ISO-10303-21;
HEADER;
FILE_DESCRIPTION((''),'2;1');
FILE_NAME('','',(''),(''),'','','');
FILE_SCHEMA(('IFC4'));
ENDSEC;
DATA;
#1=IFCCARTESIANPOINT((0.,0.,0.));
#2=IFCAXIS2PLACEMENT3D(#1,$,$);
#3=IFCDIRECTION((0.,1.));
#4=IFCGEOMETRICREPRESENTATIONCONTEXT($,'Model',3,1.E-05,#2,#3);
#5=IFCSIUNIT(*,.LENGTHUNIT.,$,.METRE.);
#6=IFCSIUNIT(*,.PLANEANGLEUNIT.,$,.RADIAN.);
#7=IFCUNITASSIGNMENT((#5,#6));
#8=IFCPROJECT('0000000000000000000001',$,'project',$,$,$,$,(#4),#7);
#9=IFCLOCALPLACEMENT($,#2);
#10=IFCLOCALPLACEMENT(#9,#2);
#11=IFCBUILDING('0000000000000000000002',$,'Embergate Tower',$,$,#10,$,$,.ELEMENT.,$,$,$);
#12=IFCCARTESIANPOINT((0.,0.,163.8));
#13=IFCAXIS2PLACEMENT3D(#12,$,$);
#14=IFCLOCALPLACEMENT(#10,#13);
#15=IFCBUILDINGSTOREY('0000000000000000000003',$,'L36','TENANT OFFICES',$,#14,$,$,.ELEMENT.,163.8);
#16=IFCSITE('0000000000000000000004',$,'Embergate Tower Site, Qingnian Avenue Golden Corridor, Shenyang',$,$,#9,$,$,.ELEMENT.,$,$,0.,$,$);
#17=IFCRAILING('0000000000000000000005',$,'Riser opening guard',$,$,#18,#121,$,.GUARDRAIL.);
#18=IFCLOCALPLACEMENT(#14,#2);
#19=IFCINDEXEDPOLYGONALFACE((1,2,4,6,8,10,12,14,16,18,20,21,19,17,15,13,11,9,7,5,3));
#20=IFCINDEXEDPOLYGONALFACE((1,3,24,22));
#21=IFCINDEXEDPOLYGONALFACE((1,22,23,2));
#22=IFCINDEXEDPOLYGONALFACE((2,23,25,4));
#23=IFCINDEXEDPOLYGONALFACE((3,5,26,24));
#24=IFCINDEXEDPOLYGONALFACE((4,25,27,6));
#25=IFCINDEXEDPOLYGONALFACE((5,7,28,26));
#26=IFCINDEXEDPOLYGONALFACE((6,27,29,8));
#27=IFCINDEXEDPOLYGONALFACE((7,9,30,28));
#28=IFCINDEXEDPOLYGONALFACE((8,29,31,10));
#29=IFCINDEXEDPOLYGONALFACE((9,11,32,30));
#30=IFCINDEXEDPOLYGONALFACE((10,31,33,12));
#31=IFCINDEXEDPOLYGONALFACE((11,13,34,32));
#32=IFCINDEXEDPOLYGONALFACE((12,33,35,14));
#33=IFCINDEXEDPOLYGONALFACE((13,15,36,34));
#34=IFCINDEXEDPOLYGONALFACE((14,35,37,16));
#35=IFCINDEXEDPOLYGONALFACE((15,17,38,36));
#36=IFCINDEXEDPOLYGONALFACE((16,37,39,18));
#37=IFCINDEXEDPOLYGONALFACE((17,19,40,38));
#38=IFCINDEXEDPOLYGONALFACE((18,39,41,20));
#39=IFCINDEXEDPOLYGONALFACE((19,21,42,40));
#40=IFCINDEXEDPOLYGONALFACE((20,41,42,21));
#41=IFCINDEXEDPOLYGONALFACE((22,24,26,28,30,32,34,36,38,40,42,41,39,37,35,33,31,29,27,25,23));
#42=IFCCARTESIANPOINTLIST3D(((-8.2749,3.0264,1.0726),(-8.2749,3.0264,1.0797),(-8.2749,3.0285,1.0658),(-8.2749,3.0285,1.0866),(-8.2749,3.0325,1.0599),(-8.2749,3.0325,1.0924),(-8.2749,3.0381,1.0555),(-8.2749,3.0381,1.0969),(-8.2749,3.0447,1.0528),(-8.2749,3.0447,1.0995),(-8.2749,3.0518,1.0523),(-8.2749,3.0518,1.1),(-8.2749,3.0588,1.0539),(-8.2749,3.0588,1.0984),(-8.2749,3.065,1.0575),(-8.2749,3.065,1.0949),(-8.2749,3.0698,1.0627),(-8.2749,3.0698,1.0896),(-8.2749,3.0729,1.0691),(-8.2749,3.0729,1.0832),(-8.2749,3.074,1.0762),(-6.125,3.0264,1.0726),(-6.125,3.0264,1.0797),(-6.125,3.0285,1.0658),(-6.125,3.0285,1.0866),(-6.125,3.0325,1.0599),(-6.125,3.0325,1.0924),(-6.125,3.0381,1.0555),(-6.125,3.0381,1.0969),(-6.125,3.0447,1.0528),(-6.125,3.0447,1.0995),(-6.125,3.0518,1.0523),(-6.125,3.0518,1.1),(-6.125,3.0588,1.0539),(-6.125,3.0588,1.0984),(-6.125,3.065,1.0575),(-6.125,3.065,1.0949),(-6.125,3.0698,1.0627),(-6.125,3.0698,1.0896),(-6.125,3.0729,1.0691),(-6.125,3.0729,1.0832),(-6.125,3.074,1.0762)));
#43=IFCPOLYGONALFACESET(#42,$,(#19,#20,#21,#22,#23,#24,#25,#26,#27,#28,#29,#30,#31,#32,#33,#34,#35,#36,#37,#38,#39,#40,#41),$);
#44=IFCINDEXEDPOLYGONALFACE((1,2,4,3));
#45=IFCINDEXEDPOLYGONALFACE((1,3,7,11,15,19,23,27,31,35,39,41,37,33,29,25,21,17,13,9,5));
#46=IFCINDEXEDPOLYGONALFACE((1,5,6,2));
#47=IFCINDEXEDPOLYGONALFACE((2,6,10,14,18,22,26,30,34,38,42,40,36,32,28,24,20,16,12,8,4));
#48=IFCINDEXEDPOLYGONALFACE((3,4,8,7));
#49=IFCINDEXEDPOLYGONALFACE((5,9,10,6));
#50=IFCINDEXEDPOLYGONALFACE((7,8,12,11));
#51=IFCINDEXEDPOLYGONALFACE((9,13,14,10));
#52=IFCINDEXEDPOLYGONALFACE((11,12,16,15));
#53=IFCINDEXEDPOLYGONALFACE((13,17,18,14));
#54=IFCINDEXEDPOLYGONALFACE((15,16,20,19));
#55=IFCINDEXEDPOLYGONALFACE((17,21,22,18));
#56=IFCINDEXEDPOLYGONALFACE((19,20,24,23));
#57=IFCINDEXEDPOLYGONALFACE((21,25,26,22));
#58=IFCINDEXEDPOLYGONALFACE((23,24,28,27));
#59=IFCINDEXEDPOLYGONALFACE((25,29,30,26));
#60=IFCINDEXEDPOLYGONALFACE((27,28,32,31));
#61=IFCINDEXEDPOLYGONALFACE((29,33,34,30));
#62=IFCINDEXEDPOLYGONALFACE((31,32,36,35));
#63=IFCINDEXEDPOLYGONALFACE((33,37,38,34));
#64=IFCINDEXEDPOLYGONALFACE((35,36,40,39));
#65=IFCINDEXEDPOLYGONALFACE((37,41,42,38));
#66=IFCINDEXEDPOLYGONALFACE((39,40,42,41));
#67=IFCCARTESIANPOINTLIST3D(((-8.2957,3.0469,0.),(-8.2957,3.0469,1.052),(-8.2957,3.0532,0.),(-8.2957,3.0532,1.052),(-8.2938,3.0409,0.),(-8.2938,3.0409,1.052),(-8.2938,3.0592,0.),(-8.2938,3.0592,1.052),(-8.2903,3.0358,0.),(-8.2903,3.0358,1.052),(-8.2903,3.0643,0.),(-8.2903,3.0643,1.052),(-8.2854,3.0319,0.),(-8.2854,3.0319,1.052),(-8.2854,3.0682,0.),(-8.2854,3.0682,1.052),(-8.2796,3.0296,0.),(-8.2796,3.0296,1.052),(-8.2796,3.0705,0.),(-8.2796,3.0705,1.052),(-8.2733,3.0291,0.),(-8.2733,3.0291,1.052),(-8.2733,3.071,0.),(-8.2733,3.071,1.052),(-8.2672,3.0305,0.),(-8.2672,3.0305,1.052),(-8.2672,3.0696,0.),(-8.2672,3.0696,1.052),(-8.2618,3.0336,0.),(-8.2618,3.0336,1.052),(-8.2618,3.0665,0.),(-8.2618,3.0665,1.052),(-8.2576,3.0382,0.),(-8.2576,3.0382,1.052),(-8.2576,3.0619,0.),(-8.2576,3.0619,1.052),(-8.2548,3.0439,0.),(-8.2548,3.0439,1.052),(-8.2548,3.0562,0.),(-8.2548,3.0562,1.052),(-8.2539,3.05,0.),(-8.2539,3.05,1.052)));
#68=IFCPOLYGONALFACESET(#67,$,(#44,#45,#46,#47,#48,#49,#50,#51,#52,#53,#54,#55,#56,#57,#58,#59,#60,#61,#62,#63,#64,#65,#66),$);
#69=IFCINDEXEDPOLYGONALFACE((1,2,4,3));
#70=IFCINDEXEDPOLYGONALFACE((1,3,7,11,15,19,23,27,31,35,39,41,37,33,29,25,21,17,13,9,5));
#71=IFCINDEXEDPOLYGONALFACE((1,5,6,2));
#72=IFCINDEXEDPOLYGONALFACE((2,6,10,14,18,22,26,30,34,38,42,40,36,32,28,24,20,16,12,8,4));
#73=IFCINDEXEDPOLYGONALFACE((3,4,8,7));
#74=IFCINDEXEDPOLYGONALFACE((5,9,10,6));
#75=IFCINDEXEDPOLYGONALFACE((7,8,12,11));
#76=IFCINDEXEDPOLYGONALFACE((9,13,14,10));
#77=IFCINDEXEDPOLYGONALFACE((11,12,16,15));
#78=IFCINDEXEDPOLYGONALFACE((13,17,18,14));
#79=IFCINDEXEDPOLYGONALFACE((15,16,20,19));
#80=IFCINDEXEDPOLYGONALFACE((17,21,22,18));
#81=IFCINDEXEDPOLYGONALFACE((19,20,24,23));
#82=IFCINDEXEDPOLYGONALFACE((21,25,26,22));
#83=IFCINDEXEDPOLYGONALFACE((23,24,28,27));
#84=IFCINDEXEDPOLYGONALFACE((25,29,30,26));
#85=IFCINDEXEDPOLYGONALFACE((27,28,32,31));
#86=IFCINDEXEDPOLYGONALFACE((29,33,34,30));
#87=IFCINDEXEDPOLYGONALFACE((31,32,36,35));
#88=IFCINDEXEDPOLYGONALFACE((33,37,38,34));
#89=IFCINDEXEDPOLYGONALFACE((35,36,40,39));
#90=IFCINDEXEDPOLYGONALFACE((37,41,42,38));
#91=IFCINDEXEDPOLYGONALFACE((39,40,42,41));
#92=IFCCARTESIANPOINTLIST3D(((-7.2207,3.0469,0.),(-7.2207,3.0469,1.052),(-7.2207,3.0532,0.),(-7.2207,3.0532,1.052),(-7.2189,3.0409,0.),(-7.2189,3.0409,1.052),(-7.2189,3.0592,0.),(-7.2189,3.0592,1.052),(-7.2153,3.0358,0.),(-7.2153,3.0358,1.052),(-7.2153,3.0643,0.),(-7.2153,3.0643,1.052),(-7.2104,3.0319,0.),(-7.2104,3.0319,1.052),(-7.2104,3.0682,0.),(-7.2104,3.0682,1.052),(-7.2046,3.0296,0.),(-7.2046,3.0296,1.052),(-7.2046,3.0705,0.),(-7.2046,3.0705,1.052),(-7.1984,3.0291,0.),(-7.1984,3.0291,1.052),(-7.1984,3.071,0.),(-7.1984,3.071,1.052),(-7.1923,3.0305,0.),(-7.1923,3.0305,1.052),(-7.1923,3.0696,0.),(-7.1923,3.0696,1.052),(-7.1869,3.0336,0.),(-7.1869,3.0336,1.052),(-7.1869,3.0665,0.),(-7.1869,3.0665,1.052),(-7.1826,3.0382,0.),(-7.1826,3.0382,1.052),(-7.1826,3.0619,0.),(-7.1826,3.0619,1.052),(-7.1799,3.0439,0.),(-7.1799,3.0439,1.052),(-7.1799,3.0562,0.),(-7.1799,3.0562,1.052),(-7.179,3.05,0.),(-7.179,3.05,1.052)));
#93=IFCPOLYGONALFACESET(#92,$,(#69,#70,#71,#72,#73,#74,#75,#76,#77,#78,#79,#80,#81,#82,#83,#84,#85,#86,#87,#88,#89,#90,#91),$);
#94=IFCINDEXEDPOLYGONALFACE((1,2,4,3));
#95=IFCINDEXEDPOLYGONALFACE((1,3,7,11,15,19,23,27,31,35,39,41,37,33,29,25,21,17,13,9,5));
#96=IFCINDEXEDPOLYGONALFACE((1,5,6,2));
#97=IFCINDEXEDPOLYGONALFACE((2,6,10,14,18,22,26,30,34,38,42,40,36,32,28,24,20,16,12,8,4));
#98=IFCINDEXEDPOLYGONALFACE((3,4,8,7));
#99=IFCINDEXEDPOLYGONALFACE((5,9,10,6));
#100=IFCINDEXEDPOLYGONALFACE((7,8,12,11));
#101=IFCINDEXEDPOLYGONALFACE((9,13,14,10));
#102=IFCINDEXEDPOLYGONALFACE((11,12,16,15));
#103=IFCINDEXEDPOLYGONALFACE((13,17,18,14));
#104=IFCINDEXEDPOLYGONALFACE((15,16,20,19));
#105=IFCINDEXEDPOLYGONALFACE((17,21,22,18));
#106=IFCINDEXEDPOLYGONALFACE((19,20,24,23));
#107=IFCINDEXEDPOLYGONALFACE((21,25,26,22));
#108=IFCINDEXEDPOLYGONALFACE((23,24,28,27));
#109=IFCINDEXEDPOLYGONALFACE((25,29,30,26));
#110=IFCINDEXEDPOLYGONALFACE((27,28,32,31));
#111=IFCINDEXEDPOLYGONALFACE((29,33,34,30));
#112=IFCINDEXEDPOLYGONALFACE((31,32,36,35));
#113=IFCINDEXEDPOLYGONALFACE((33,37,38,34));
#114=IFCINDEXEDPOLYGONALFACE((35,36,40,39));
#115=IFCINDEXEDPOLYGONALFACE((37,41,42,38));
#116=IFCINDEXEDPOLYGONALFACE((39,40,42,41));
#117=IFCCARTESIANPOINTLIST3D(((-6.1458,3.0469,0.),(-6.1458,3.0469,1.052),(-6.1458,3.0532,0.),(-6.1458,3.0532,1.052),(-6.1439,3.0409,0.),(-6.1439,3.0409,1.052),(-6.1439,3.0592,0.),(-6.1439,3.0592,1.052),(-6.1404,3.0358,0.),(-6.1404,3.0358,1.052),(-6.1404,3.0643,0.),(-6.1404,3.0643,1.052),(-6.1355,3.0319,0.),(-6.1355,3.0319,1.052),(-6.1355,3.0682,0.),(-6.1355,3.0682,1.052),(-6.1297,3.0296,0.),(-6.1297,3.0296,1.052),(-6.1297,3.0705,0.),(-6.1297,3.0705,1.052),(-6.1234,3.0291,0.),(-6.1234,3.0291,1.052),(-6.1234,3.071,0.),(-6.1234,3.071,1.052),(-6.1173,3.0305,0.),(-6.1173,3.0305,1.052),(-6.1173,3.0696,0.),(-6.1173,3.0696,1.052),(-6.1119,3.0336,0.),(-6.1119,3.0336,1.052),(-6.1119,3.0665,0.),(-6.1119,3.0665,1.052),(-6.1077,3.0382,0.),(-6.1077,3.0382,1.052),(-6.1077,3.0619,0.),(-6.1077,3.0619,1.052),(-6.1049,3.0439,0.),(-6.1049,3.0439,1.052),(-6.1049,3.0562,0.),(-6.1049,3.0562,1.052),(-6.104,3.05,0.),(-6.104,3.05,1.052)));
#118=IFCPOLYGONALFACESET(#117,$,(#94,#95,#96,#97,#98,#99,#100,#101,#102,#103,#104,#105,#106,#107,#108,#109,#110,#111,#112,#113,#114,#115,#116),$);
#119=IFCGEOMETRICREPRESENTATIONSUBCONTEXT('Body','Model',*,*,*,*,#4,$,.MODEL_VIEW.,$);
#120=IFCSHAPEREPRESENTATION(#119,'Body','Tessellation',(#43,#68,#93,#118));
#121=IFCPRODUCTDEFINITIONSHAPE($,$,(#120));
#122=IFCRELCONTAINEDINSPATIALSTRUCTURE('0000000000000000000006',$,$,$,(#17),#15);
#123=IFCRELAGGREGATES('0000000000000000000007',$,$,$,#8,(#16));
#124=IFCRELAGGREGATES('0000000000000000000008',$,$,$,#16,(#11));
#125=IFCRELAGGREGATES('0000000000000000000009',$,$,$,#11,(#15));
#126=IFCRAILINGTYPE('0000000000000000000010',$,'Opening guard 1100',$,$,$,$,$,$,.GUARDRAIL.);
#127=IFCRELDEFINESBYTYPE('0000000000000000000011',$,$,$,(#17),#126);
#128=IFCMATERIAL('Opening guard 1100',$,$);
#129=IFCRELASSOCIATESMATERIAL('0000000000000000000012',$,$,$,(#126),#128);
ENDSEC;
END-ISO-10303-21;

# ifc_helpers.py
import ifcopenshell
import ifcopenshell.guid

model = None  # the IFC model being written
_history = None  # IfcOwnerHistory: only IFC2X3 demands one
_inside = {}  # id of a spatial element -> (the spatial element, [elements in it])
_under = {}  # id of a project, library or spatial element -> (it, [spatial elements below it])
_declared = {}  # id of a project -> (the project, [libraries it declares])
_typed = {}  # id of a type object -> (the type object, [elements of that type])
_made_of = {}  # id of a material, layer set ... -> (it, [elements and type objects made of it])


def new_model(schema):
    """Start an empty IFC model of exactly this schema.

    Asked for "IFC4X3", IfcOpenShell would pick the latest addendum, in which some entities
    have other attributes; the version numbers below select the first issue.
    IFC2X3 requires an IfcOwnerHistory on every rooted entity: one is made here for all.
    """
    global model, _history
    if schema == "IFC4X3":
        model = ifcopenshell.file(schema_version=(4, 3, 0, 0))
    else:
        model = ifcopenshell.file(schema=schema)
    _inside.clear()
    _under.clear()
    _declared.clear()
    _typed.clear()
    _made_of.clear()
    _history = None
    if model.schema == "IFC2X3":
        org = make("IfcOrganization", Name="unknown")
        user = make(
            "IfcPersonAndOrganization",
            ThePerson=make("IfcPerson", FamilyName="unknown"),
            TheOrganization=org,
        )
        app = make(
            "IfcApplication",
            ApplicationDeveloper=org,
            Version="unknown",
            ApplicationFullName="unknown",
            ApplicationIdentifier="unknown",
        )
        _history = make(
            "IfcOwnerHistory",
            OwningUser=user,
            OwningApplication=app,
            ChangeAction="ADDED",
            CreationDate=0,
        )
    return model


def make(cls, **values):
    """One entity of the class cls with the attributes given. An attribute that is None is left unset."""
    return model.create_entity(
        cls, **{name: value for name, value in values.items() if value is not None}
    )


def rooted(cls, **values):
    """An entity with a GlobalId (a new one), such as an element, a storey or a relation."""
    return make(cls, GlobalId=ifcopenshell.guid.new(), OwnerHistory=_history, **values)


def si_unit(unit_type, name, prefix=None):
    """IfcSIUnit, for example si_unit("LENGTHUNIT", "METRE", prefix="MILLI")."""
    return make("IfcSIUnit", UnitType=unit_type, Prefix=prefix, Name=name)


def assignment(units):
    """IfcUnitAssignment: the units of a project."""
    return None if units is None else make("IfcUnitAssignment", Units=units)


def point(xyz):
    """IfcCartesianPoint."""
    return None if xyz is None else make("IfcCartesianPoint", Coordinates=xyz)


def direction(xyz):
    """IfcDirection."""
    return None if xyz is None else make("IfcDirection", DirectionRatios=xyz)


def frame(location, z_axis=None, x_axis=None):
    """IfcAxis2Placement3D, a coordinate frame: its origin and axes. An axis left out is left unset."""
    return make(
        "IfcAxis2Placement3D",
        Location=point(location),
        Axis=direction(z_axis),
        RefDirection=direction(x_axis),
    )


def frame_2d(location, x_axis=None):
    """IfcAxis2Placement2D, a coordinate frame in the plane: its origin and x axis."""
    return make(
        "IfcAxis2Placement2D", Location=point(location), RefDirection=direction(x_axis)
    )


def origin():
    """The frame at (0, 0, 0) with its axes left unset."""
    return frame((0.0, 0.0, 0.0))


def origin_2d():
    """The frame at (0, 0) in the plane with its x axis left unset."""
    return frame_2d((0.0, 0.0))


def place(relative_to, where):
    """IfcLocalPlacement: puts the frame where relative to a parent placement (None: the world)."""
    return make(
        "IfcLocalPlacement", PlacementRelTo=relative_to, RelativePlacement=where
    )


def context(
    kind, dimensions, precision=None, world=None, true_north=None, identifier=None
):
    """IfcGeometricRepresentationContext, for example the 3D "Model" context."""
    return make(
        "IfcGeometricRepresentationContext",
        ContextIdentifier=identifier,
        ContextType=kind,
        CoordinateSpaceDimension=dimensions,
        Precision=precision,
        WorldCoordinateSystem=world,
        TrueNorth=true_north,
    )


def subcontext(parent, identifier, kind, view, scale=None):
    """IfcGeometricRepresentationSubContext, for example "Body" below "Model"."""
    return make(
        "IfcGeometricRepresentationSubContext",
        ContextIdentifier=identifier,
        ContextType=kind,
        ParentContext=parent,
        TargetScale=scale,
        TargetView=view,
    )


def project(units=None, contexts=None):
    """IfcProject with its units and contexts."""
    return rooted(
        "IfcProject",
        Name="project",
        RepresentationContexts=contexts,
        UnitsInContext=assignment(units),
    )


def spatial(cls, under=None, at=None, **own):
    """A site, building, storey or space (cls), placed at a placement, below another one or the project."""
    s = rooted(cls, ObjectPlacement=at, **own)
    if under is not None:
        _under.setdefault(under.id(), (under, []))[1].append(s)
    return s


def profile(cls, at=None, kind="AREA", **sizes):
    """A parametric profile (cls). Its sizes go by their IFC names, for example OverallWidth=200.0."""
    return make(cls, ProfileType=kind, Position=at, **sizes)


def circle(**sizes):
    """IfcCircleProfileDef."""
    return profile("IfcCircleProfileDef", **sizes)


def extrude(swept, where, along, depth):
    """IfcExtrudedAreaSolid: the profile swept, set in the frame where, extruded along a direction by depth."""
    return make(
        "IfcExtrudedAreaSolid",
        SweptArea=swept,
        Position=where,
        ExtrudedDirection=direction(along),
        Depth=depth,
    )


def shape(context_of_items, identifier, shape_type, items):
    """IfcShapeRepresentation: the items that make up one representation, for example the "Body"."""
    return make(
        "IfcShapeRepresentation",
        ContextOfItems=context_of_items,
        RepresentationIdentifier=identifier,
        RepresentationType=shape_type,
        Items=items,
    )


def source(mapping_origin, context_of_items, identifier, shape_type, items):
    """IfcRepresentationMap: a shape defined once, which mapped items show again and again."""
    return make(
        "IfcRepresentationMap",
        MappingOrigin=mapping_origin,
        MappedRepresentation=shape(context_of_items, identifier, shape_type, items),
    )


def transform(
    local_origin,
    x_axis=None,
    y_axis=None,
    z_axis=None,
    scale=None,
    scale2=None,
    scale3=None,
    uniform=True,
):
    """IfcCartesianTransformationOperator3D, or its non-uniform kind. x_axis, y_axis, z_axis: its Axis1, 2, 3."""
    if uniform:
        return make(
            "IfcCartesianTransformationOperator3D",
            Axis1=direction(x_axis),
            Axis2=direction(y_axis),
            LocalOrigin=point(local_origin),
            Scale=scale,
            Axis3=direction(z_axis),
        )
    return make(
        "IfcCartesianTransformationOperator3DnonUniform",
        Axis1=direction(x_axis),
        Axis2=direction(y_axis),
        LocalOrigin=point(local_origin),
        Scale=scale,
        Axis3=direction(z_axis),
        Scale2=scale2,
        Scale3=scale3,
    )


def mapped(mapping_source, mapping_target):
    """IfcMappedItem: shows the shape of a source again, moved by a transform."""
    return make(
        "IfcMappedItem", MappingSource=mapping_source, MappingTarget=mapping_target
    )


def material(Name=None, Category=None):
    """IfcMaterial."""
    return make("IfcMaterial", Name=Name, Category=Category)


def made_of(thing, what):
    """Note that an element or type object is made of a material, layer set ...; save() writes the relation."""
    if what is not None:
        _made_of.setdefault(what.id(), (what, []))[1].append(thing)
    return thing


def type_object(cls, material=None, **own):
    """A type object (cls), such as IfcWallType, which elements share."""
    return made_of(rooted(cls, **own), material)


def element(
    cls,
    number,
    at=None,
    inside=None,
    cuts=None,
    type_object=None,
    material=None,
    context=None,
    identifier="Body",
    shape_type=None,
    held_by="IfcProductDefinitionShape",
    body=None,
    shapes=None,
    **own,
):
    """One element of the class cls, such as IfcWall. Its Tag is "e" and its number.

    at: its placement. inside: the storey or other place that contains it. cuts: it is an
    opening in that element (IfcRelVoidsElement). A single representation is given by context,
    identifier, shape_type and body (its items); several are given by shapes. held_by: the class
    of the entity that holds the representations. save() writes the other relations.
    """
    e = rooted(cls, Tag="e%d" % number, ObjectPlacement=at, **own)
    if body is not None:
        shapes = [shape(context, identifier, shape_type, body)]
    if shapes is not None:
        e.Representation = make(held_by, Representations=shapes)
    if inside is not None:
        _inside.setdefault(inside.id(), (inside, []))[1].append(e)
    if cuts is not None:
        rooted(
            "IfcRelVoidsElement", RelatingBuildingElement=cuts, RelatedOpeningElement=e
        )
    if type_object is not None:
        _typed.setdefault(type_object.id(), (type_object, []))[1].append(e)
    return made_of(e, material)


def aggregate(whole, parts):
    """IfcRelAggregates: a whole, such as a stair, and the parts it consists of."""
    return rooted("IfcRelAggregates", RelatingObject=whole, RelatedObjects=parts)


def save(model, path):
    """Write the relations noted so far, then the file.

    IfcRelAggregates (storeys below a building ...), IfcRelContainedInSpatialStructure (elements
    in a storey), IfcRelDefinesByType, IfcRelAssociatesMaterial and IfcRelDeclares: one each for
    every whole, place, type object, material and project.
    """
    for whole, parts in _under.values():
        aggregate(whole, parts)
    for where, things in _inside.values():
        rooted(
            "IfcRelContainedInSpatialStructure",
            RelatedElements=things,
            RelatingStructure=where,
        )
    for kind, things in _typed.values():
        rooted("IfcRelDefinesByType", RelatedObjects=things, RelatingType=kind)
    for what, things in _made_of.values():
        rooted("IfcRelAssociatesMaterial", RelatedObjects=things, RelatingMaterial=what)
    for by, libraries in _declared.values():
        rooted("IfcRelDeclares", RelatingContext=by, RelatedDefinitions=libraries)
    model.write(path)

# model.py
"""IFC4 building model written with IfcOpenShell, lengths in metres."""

from ifc_helpers import new_model, si_unit, direction, frame, origin, origin_2d, place, context, subcontext, project, spatial, circle, extrude, source, transform, mapped, material, type_object, element, save


model = new_model("IFC4")

# Units and contexts
model_context = context("Model", 3, precision=1e-05, world=origin(), true_north=direction((0.0, 1.0)))
body_context = subcontext(model_context, "Body", "Model", "MODEL_VIEW")
ifc_project = project(units=[si_unit("LENGTHUNIT", "METRE"), si_unit("PLANEANGLEUNIT", "RADIAN")], contexts=[model_context])

# Site, building, storey
site_placement = place(None, origin())
site = spatial("IfcSite", under=ifc_project, at=site_placement, Name="Embergate Tower Site, Qingnian Avenue Golden Corridor, Shenyang", CompositionType="ELEMENT", RefElevation=0.0)
building_placement = place(site_placement, origin())
building = spatial("IfcBuilding", under=site, at=building_placement, Name="Embergate Tower", CompositionType="ELEMENT")
storey_placement = place(building_placement, frame((0.0, 0.0, 163.8)))
storey = spatial("IfcBuildingStorey", under=building, at=storey_placement, Name="L36", Description="TENANT OFFICES", CompositionType="ELEMENT", Elevation=163.8)

# Railing
ifc_material_1 = material(Name="Opening guard 1100")
railing_type_1 = type_object("IfcRailingType", Name="Opening guard 1100", PredefinedType="GUARDRAIL", material=ifc_material_1)
shared_shape_1 = source(origin(), body_context, "Body", "SweptSolid", [
    extrude(circle(Radius=0.0239, at=origin_2d()), frame((0.0, 0.0, 1.0762), z_axis=(1.0, 0.0, 0.0), x_axis=(0.0, 1.0, 0.0)), (0.0, 0.0, 1.0), 2.1499),
    extrude(circle(Radius=0.021, at=origin_2d()), origin(), (0.0, 0.0, 1.0), 1.052),
    extrude(circle(Radius=0.021, at=origin_2d()), frame((1.075, 0.0, 0.0)), (0.0, 0.0, 1.0), 1.052),
    extrude(circle(Radius=0.021, at=origin_2d()), frame((2.1499, 0.0, 0.0)), (0.0, 0.0, 1.0), 1.052),
])
railing_1_placement = place(storey_placement, frame((-8.2749, 3.05, 0.0)))
element("IfcRailing", 1, at=railing_1_placement, inside=storey, type_object=railing_type_1, Name="Riser opening guard", PredefinedType="GUARDRAIL", context=body_context, shape_type="MappedRepresentation", body=[
    mapped(shared_shape_1, transform((0.0, 0.0, 0.0))),
])

save(model, "model.ifc")
